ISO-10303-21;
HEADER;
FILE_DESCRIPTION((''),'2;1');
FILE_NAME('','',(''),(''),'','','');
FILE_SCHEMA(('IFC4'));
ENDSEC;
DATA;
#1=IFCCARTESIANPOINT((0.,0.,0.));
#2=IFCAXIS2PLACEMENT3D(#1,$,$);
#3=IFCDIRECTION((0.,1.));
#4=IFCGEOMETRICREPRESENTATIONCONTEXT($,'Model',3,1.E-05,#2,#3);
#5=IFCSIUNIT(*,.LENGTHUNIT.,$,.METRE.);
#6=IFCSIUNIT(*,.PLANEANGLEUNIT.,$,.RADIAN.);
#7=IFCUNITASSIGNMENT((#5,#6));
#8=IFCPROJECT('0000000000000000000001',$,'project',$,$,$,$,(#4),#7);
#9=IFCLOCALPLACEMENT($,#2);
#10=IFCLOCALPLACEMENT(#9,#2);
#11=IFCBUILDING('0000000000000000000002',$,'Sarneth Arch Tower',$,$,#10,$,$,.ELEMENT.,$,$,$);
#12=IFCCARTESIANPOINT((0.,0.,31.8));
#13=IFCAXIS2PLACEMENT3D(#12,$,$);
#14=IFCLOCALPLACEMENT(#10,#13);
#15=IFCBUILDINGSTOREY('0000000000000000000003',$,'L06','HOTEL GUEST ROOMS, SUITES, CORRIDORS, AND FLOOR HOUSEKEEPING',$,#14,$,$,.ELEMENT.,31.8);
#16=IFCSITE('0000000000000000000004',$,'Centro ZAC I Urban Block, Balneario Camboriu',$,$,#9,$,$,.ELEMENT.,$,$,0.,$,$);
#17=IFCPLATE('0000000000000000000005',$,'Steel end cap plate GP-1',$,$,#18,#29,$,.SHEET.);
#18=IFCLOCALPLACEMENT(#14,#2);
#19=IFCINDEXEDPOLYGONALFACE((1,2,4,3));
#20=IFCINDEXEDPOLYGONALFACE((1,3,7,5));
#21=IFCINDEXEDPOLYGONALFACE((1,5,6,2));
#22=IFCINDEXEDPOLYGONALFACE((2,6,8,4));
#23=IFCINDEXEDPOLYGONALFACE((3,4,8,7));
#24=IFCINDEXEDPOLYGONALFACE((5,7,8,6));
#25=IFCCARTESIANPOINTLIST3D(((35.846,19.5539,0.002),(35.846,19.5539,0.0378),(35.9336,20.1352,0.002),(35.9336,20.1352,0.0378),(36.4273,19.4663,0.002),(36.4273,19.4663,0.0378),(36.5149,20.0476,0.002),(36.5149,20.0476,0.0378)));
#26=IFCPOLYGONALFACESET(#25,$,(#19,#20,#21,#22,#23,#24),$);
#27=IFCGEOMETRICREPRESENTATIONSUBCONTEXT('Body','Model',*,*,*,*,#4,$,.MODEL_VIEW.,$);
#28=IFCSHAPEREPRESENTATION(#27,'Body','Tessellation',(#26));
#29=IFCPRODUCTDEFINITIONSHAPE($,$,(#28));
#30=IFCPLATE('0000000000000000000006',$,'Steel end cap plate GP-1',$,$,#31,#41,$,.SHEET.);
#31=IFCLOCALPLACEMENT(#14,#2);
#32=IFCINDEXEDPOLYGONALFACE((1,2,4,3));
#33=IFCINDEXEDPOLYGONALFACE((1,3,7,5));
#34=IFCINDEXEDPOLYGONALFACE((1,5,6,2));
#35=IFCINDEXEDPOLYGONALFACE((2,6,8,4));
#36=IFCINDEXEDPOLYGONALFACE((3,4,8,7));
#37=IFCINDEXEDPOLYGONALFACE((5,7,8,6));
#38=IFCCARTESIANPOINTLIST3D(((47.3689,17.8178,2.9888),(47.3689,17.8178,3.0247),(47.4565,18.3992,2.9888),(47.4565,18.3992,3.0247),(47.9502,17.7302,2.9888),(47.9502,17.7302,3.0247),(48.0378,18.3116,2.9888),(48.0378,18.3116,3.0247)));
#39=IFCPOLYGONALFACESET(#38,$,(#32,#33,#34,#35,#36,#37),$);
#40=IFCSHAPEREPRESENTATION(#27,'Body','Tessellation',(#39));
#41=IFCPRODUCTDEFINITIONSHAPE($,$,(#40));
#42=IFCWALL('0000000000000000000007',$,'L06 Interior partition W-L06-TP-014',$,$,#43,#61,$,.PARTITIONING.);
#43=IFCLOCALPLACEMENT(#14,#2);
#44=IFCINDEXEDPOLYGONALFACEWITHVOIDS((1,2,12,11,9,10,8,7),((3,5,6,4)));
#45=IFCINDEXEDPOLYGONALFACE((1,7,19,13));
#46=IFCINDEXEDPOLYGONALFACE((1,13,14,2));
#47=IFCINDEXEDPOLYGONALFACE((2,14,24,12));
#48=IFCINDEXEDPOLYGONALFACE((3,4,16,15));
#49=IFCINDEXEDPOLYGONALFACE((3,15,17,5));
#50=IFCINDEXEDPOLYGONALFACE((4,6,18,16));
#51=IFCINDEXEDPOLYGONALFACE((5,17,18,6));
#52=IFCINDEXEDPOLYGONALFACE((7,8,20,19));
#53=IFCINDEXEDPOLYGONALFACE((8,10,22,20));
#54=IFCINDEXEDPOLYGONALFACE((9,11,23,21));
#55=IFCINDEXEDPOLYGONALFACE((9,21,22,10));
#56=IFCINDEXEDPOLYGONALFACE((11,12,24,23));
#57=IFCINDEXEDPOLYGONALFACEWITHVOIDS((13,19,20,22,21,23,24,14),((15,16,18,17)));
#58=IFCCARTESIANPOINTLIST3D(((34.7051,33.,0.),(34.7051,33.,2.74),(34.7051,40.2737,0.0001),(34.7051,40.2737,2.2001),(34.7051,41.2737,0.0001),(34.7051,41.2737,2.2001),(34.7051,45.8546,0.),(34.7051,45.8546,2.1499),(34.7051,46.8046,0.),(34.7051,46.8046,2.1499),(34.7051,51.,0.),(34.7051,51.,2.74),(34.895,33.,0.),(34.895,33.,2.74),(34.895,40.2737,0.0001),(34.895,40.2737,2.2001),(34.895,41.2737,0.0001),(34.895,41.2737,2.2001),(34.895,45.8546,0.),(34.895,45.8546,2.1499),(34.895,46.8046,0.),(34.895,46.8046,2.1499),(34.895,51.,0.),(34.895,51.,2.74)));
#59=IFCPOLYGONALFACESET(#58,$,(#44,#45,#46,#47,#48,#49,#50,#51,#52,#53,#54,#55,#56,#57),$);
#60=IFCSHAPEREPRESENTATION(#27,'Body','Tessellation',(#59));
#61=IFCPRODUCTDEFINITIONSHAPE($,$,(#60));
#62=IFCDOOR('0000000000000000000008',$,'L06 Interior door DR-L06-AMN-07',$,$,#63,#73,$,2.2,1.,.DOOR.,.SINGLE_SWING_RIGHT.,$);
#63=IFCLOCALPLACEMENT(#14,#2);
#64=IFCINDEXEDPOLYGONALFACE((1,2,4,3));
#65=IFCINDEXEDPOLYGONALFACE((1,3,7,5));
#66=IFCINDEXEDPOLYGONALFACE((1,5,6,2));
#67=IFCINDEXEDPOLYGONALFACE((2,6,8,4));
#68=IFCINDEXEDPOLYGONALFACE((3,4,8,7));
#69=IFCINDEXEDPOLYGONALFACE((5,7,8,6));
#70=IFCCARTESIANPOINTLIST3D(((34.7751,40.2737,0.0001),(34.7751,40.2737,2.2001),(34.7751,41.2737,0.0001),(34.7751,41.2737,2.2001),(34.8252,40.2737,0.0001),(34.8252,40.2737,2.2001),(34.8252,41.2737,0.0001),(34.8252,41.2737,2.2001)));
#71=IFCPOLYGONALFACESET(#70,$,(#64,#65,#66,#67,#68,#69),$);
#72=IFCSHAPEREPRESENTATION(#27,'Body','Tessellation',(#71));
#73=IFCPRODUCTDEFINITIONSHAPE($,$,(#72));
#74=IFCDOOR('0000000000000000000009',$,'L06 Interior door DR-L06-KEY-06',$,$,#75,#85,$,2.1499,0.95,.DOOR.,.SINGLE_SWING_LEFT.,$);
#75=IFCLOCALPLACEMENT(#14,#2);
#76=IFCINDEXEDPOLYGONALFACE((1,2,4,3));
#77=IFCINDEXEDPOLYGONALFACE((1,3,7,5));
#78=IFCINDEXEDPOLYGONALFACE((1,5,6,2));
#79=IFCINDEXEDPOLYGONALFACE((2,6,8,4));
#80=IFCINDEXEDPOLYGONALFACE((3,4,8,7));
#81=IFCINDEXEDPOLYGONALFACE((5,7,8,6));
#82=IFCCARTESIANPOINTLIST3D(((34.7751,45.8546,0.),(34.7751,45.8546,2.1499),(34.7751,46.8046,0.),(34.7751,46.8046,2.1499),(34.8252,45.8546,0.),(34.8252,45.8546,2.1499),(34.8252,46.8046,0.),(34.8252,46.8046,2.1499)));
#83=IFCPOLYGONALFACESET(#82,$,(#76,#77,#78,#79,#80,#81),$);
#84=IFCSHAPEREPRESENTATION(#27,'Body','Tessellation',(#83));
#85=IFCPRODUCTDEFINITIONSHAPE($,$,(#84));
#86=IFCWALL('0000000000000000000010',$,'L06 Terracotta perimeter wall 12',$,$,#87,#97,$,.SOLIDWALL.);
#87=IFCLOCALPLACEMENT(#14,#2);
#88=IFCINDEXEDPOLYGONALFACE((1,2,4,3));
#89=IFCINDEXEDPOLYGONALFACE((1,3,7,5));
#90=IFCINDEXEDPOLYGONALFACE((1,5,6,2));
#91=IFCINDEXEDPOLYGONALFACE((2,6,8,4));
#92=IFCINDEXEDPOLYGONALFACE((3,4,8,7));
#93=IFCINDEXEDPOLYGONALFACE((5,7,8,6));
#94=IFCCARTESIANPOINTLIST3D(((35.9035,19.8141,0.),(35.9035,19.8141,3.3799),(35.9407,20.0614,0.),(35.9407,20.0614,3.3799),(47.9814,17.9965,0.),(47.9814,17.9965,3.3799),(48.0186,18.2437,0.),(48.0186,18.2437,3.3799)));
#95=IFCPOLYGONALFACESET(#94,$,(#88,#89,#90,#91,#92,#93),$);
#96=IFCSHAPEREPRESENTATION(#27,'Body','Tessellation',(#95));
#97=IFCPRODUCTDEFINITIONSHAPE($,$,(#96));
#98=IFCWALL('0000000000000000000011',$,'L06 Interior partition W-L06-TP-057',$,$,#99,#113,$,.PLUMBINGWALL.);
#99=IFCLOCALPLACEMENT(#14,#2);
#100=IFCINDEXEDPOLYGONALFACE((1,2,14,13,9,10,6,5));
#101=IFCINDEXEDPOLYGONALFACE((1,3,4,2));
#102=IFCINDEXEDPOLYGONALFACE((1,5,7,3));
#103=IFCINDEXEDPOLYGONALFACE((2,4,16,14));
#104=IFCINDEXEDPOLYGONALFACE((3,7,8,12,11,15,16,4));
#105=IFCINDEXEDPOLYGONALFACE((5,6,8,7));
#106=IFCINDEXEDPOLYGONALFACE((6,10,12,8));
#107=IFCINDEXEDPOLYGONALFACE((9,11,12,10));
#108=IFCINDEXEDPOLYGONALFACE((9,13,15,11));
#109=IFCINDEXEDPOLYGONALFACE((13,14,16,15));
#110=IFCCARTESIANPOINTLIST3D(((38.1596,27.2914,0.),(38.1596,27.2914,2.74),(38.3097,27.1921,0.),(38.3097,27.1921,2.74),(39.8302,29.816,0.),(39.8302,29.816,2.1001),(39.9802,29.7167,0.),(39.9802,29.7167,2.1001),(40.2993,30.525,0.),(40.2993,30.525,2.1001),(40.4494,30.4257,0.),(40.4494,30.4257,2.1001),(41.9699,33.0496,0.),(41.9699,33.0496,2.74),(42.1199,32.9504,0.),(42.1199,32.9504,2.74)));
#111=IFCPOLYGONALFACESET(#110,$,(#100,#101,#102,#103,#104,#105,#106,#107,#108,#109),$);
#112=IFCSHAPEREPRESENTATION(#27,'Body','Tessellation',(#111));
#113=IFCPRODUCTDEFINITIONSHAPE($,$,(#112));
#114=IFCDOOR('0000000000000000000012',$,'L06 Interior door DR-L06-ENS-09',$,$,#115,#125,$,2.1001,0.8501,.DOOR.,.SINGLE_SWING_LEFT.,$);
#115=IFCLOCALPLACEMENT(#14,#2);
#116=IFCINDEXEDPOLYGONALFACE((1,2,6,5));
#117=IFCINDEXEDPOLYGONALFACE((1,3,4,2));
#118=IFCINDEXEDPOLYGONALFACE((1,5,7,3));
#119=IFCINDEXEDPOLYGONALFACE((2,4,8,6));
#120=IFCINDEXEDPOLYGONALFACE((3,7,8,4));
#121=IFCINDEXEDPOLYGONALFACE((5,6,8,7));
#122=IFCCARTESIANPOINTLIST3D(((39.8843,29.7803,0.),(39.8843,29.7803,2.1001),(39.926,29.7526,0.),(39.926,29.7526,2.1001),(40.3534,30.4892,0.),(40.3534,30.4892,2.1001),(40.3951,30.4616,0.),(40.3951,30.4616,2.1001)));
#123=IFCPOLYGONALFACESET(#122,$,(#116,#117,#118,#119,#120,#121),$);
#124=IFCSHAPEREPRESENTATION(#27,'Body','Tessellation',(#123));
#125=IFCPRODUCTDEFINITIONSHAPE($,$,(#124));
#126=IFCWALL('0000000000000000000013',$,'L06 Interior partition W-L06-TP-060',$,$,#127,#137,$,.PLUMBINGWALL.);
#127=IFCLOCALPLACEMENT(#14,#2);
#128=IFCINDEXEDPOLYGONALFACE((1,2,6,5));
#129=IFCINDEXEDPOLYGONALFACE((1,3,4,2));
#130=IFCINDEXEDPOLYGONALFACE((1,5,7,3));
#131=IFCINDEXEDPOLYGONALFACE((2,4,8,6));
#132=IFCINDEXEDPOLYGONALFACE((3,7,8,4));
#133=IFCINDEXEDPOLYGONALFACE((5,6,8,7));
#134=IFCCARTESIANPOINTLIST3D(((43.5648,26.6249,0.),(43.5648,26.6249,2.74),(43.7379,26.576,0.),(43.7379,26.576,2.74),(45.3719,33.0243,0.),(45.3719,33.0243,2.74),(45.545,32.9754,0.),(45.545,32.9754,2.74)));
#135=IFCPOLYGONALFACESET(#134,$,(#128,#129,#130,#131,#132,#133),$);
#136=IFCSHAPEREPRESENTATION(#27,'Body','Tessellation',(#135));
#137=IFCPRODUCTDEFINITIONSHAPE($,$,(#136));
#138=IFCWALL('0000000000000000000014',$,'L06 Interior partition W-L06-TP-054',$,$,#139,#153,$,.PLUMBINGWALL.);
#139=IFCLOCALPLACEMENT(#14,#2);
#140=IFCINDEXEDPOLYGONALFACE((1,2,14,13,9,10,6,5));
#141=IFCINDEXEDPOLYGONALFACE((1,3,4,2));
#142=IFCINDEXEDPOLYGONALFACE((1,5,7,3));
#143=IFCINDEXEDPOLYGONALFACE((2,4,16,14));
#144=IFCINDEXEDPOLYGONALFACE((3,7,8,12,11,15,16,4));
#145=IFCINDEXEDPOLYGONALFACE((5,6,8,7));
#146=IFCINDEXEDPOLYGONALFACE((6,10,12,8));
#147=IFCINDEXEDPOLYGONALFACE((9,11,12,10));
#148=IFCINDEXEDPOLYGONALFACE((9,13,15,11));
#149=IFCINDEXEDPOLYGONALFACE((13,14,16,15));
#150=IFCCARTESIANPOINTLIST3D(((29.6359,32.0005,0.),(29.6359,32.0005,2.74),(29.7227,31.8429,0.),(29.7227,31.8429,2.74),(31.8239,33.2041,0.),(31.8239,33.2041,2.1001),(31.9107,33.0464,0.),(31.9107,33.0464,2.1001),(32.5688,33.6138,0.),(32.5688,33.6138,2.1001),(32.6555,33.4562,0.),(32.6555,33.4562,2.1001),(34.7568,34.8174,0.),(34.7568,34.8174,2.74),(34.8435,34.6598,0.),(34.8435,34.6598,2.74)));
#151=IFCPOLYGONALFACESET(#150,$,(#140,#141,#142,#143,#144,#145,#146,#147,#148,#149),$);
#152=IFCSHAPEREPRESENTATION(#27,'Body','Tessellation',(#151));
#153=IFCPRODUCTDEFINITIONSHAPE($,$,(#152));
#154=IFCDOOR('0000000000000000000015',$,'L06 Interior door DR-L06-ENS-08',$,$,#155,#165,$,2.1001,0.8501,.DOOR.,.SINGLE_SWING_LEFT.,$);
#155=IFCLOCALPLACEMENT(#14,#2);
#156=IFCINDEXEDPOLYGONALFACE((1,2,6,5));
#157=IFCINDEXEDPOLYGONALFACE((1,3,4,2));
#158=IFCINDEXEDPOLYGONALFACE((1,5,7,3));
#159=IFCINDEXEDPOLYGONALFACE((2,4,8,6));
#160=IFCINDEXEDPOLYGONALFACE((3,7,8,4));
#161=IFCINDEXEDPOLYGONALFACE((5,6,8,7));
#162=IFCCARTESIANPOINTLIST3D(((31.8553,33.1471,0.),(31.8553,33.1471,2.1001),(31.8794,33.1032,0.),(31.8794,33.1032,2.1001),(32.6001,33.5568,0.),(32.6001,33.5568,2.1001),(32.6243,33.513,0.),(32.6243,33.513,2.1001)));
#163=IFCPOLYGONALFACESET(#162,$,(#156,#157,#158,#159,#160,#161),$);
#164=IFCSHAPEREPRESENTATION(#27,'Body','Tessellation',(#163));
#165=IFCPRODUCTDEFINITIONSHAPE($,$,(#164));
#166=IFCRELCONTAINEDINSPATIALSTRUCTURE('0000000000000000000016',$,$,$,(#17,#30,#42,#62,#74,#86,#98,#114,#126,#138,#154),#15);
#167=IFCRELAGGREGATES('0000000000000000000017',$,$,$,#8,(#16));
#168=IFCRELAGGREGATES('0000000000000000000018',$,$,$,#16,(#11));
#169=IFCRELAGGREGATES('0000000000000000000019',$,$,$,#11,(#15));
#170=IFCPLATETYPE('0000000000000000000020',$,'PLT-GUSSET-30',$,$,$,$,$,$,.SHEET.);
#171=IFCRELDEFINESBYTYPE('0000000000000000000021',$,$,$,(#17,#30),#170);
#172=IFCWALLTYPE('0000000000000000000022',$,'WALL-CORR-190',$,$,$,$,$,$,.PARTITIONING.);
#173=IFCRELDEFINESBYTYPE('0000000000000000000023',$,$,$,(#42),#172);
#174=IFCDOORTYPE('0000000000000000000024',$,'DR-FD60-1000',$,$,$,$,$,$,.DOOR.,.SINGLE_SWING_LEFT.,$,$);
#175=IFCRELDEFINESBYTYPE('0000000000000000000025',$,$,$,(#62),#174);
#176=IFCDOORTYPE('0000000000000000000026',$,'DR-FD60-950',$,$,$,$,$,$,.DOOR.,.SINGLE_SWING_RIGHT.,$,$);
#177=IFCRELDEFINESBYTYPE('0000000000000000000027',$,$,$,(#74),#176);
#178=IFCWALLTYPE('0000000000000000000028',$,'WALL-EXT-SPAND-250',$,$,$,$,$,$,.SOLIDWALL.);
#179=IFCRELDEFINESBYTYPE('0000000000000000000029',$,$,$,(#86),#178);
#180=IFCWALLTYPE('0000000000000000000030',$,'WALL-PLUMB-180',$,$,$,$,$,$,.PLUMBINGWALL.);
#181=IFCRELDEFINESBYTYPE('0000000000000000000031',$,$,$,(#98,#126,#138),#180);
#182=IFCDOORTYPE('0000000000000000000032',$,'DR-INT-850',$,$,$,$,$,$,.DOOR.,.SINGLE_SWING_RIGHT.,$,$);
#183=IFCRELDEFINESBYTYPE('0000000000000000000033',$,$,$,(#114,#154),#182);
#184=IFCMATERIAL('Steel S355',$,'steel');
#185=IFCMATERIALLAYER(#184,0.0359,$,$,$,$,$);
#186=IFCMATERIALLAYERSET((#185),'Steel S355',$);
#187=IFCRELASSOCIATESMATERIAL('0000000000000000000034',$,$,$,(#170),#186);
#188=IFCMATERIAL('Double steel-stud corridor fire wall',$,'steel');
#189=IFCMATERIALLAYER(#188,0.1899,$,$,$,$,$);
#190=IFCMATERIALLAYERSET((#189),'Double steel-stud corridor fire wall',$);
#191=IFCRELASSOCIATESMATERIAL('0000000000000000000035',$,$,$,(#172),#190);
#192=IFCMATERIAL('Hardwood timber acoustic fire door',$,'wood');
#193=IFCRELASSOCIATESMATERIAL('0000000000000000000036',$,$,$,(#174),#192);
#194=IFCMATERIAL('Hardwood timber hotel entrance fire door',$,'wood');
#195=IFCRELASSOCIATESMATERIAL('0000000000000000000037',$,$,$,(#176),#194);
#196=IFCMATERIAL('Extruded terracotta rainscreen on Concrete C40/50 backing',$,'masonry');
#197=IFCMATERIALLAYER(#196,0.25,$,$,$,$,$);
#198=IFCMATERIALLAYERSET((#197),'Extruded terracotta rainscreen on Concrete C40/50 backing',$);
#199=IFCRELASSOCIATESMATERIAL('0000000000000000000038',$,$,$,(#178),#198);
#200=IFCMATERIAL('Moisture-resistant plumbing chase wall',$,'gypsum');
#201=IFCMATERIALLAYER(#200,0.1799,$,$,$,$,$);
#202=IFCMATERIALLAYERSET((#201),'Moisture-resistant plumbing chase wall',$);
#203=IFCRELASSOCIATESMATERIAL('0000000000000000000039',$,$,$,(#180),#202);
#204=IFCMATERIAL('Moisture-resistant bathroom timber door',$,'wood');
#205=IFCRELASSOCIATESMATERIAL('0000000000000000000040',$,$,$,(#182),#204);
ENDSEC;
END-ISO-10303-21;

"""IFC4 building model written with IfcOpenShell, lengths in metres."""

from ifc_helpers import new_model, si_unit, direction, frame, frame_2d, origin, origin_2d, place, context, subcontext, project, spatial, rectangle, extrude, material, layer, layer_set, type_object, element, fill, save


model = new_model("IFC4")

# Units and contexts
model_context = context("Model", 3, precision=1e-05, world=origin(), true_north=direction((0.0, 1.0)))
body_context = subcontext(model_context, "Body", "Model", "MODEL_VIEW")
ifc_project = project(units=[si_unit("LENGTHUNIT", "METRE"), si_unit("PLANEANGLEUNIT", "RADIAN")], contexts=[model_context])

# Site, building, storey
site_placement = place(None, origin())
site = spatial("IfcSite", under=ifc_project, at=site_placement, Name="Centro ZAC I Urban Block, Balneario Camboriu", CompositionType="ELEMENT", RefElevation=0.0)
building_placement = place(site_placement, origin())
building = spatial("IfcBuilding", under=site, at=building_placement, Name="Sarneth Arch Tower", CompositionType="ELEMENT")
storey_placement = place(building_placement, frame((0.0, 0.0, 31.8)))
storey = spatial("IfcBuildingStorey", under=building, at=storey_placement, Name="L06", Description="HOTEL GUEST ROOMS, SUITES, CORRIDORS, AND FLOOR HOUSEKEEPING", CompositionType="ELEMENT", Elevation=31.8)

# Plates
ifc_material_1 = material(Name="Steel S355", Category="steel")
ifc_layer_1 = layer(ifc_material_1, 0.0359)
ifc_layer_set_1 = layer_set([ifc_layer_1], Name="Steel S355")
plate_type = type_object("IfcPlateType", Name="PLT-GUSSET-30", PredefinedType="SHEET", material=ifc_layer_set_1)
for number, where, z_axis, x_axis, name in (
    (1, (36.1804, 19.8008, 0.002), (0.0, 0.0, 1.0), (0.988835, -0.149018, 0.0), "Steel end cap plate GP-1"),
    (2, (47.7034, 18.0647, 2.9888), (0.0, 0.0, 1.0), (0.988835, -0.149018, 0.0), "Steel end cap plate GP-1"),
):
    element("IfcPlate", number, at=place(storey_placement, frame(where, z_axis=z_axis, x_axis=x_axis)), inside=storey, type_object=plate_type, Name=name, PredefinedType="SHEET", context=body_context, shape_type="SweptSolid", body=[
        extrude(rectangle(XDim=0.5879, YDim=0.5879, at=origin_2d()), origin(), (0.0, 0.0, 1.0), 0.0359),
    ])

# Wall, openings, doors
ifc_material_2 = material(Name="Double steel-stud corridor fire wall", Category="steel")
ifc_layer_2 = layer(ifc_material_2, 0.1899)
ifc_layer_set_2 = layer_set([ifc_layer_2], Name="Double steel-stud corridor fire wall")
wall_type_1 = type_object("IfcWallType", Name="WALL-CORR-190", PredefinedType="PARTITIONING", material=ifc_layer_set_2)
wall_1_placement = place(storey_placement, frame((34.8, 33.0, 0.0), z_axis=(0.0, 0.0, 1.0), x_axis=(0.0, 1.0, 0.0)))
wall_1 = element("IfcWall", 3, at=wall_1_placement, inside=storey, type_object=wall_type_1, Name="L06 Interior partition W-L06-TP-014", PredefinedType="PARTITIONING", context=body_context, shape_type="SweptSolid", body=[
    extrude(rectangle(XDim=18.0, YDim=0.1899, at=frame_2d((9.0, 0.0))), origin(), (0.0, 0.0, 1.0), 2.74),
])
opening_1_placement = place(wall_1_placement, frame((7.2737, 0.0, 0.0)))
opening_1 = element("IfcOpeningElement", 4, at=opening_1_placement, cuts=wall_1, PredefinedType="OPENING", context=body_context, shape_type="SweptSolid", body=[
    extrude(rectangle(XDim=1.0, YDim=2.2, at=frame_2d((0.5, 1.1001))), frame((0.0, 0.105, 0.0), z_axis=(0.0, -1.0, 0.0), x_axis=(1.0, 0.0, 0.0)), (0.0, 0.0, 1.0), 0.21),
])
opening_2_placement = place(wall_1_placement, frame((12.8545, 0.0, 0.0)))
opening_2 = element("IfcOpeningElement", 5, at=opening_2_placement, cuts=wall_1, PredefinedType="OPENING", context=body_context, shape_type="SweptSolid", body=[
    extrude(rectangle(XDim=0.95, YDim=2.1499, at=frame_2d((0.4751, 1.075))), frame((0.0, 0.105, 0.0), z_axis=(0.0, -1.0, 0.0), x_axis=(1.0, 0.0, 0.0)), (0.0, 0.0, 1.0), 0.21),
])
ifc_material_3 = material(Name="Hardwood timber acoustic fire door", Category="wood")
door_type_1 = type_object("IfcDoorType", Name="DR-FD60-1000", OperationType="SINGLE_SWING_LEFT", PredefinedType="DOOR", material=ifc_material_3)
door_1_placement = place(opening_1_placement, origin())
door_1 = element("IfcDoor", 6, at=door_1_placement, inside=storey, type_object=door_type_1, Name="L06 Interior door DR-L06-AMN-07", OperationType="SINGLE_SWING_RIGHT", OverallHeight=2.2, OverallWidth=1.0, PredefinedType="DOOR", context=body_context, shape_type="SweptSolid", body=[
    extrude(rectangle(XDim=1.0, YDim=2.2, at=frame_2d((0.5, 1.1001))), frame((0.0, 0.0249, 0.0), z_axis=(0.0, -1.0, 0.0), x_axis=(1.0, 0.0, 0.0)), (0.0, 0.0, 1.0), 0.05),
])
fill(opening_1, door_1)
ifc_material_4 = material(Name="Hardwood timber hotel entrance fire door", Category="wood")
door_type_2 = type_object("IfcDoorType", Name="DR-FD60-950", OperationType="SINGLE_SWING_RIGHT", PredefinedType="DOOR", material=ifc_material_4)
door_2_placement = place(opening_2_placement, origin())
door_2 = element("IfcDoor", 7, at=door_2_placement, inside=storey, type_object=door_type_2, Name="L06 Interior door DR-L06-KEY-06", OperationType="SINGLE_SWING_LEFT", OverallHeight=2.1499, OverallWidth=0.95, PredefinedType="DOOR", context=body_context, shape_type="SweptSolid", body=[
    extrude(rectangle(XDim=0.95, YDim=2.1499, at=frame_2d((0.4751, 1.075))), frame((0.0, 0.0249, 0.0), z_axis=(0.0, -1.0, 0.0), x_axis=(1.0, 0.0, 0.0)), (0.0, 0.0, 1.0), 0.05),
])
fill(opening_2, door_2)

# Wall
ifc_material_5 = material(Name="Extruded terracotta rainscreen on Concrete C40/50 backing", Category="masonry")
ifc_layer_3 = layer(ifc_material_5, 0.25)
ifc_layer_set_3 = layer_set([ifc_layer_3], Name="Extruded terracotta rainscreen on Concrete C40/50 backing")
wall_type_2 = type_object("IfcWallType", Name="WALL-EXT-SPAND-250", PredefinedType="SOLIDWALL", material=ifc_layer_set_3)
wall_2_placement = place(storey_placement, frame((35.9221, 19.9377, 0.0), z_axis=(0.0, 0.0, 1.0), x_axis=(0.988865, -0.148816, 0.0)))
element("IfcWall", 8, at=wall_2_placement, inside=storey, type_object=wall_type_2, Name="L06 Terracotta perimeter wall 12", PredefinedType="SOLIDWALL", context=body_context, shape_type="SweptSolid", body=[
    extrude(rectangle(XDim=12.2139, YDim=0.25, at=frame_2d((6.1069, 0.0))), origin(), (0.0, 0.0, 1.0), 3.3799),
])

# Wall, opening, door
ifc_material_6 = material(Name="Moisture-resistant plumbing chase wall", Category="gypsum")
ifc_layer_4 = layer(ifc_material_6, 0.1799)
ifc_layer_set_4 = layer_set([ifc_layer_4], Name="Moisture-resistant plumbing chase wall")
wall_type_3 = type_object("IfcWallType", Name="WALL-PLUMB-180", PredefinedType="PLUMBINGWALL", material=ifc_layer_set_4)
wall_3_placement = place(storey_placement, frame((42.0449, 33.0, 0.0), z_axis=(0.0, 0.0, 1.0), x_axis=(-0.551833, -0.833955, 0.0)))
wall_3 = element("IfcWall", 9, at=wall_3_placement, inside=storey, type_object=wall_type_3, Name="L06 Interior partition W-L06-TP-057", PredefinedType="PLUMBINGWALL", context=body_context, shape_type="SweptSolid", body=[
    extrude(rectangle(XDim=6.9048, YDim=0.1799, at=frame_2d((3.4524, 0.0))), origin(), (0.0, 0.0, 1.0), 2.74),
])
opening_3_placement = place(wall_3_placement, frame((3.0273, 0.0, 0.0)))
opening_3 = element("IfcOpeningElement", 10, at=opening_3_placement, cuts=wall_3, PredefinedType="OPENING", context=body_context, shape_type="SweptSolid", body=[
    extrude(rectangle(XDim=0.8501, YDim=2.1001, at=frame_2d((0.425, 1.05))), frame((0.0, 0.0999, 0.0), z_axis=(0.0, -1.0, 0.0), x_axis=(1.0, 0.0, 0.0)), (0.0, 0.0, 1.0), 0.2),
])
ifc_material_7 = material(Name="Moisture-resistant bathroom timber door", Category="wood")
door_type_3 = type_object("IfcDoorType", Name="DR-INT-850", OperationType="SINGLE_SWING_RIGHT", PredefinedType="DOOR", material=ifc_material_7)
door_3_placement = place(opening_3_placement, origin())
door_3 = element("IfcDoor", 11, at=door_3_placement, inside=storey, type_object=door_type_3, Name="L06 Interior door DR-L06-ENS-09", OperationType="SINGLE_SWING_LEFT", OverallHeight=2.1001, OverallWidth=0.8501, PredefinedType="DOOR", context=body_context, shape_type="SweptSolid", body=[
    extrude(rectangle(XDim=0.8501, YDim=2.1001, at=frame_2d((0.425, 1.05))), frame((0.0, 0.0249, 0.0), z_axis=(0.0, -1.0, 0.0), x_axis=(1.0, 0.0, 0.0)), (0.0, 0.0, 1.0), 0.05),
])
fill(opening_3, door_3)

# Wall
wall_4_placement = place(storey_placement, frame((43.6514, 26.6006, 0.0), z_axis=(0.0, 0.0, 1.0), x_axis=(0.271762, 0.962365, 0.0)))
element("IfcWall", 12, at=wall_4_placement, inside=storey, type_object=wall_type_3, Name="L06 Interior partition W-L06-TP-060", PredefinedType="PLUMBINGWALL", context=body_context, shape_type="SweptSolid", body=[
    extrude(rectangle(XDim=6.6497, YDim=0.1799, at=frame_2d((3.3247, 0.0))), origin(), (0.0, 0.0, 1.0), 2.74),
])

# Wall, opening, door
wall_5_placement = place(storey_placement, frame((29.6792, 31.9216, 0.0), z_axis=(0.0, 0.0, 1.0), x_axis=(0.876185, 0.481975, 0.0)))
wall_5 = element("IfcWall", 13, at=wall_5_placement, inside=storey, type_object=wall_type_3, Name="L06 Interior partition W-L06-TP-054", PredefinedType="PLUMBINGWALL", context=body_context, shape_type="SweptSolid", body=[
    extrude(rectangle(XDim=5.8445, YDim=0.1799, at=frame_2d((2.9224, 0.0))), origin(), (0.0, 0.0, 1.0), 2.74),
])
opening_4_placement = place(wall_5_placement, frame((2.4973, 0.0, 0.0)))
opening_4 = element("IfcOpeningElement", 14, at=opening_4_placement, cuts=wall_5, PredefinedType="OPENING", context=body_context, shape_type="SweptSolid", body=[
    extrude(rectangle(XDim=0.8501, YDim=2.1001, at=frame_2d((0.425, 1.05))), frame((0.0, 0.0999, 0.0), z_axis=(0.0, -1.0, 0.0), x_axis=(1.0, 0.0, 0.0)), (0.0, 0.0, 1.0), 0.2),
])
door_4_placement = place(opening_4_placement, origin())
door_4 = element("IfcDoor", 15, at=door_4_placement, inside=storey, type_object=door_type_3, Name="L06 Interior door DR-L06-ENS-08", OperationType="SINGLE_SWING_LEFT", OverallHeight=2.1001, OverallWidth=0.8501, PredefinedType="DOOR", context=body_context, shape_type="SweptSolid", body=[
    extrude(rectangle(XDim=0.8501, YDim=2.1001, at=frame_2d((0.425, 1.05))), frame((0.0, 0.0249, 0.0), z_axis=(0.0, -1.0, 0.0), x_axis=(1.0, 0.0, 0.0)), (0.0, 0.0, 1.0), 0.05),
])
fill(opening_4, door_4)

save(model, "model.ifc")
